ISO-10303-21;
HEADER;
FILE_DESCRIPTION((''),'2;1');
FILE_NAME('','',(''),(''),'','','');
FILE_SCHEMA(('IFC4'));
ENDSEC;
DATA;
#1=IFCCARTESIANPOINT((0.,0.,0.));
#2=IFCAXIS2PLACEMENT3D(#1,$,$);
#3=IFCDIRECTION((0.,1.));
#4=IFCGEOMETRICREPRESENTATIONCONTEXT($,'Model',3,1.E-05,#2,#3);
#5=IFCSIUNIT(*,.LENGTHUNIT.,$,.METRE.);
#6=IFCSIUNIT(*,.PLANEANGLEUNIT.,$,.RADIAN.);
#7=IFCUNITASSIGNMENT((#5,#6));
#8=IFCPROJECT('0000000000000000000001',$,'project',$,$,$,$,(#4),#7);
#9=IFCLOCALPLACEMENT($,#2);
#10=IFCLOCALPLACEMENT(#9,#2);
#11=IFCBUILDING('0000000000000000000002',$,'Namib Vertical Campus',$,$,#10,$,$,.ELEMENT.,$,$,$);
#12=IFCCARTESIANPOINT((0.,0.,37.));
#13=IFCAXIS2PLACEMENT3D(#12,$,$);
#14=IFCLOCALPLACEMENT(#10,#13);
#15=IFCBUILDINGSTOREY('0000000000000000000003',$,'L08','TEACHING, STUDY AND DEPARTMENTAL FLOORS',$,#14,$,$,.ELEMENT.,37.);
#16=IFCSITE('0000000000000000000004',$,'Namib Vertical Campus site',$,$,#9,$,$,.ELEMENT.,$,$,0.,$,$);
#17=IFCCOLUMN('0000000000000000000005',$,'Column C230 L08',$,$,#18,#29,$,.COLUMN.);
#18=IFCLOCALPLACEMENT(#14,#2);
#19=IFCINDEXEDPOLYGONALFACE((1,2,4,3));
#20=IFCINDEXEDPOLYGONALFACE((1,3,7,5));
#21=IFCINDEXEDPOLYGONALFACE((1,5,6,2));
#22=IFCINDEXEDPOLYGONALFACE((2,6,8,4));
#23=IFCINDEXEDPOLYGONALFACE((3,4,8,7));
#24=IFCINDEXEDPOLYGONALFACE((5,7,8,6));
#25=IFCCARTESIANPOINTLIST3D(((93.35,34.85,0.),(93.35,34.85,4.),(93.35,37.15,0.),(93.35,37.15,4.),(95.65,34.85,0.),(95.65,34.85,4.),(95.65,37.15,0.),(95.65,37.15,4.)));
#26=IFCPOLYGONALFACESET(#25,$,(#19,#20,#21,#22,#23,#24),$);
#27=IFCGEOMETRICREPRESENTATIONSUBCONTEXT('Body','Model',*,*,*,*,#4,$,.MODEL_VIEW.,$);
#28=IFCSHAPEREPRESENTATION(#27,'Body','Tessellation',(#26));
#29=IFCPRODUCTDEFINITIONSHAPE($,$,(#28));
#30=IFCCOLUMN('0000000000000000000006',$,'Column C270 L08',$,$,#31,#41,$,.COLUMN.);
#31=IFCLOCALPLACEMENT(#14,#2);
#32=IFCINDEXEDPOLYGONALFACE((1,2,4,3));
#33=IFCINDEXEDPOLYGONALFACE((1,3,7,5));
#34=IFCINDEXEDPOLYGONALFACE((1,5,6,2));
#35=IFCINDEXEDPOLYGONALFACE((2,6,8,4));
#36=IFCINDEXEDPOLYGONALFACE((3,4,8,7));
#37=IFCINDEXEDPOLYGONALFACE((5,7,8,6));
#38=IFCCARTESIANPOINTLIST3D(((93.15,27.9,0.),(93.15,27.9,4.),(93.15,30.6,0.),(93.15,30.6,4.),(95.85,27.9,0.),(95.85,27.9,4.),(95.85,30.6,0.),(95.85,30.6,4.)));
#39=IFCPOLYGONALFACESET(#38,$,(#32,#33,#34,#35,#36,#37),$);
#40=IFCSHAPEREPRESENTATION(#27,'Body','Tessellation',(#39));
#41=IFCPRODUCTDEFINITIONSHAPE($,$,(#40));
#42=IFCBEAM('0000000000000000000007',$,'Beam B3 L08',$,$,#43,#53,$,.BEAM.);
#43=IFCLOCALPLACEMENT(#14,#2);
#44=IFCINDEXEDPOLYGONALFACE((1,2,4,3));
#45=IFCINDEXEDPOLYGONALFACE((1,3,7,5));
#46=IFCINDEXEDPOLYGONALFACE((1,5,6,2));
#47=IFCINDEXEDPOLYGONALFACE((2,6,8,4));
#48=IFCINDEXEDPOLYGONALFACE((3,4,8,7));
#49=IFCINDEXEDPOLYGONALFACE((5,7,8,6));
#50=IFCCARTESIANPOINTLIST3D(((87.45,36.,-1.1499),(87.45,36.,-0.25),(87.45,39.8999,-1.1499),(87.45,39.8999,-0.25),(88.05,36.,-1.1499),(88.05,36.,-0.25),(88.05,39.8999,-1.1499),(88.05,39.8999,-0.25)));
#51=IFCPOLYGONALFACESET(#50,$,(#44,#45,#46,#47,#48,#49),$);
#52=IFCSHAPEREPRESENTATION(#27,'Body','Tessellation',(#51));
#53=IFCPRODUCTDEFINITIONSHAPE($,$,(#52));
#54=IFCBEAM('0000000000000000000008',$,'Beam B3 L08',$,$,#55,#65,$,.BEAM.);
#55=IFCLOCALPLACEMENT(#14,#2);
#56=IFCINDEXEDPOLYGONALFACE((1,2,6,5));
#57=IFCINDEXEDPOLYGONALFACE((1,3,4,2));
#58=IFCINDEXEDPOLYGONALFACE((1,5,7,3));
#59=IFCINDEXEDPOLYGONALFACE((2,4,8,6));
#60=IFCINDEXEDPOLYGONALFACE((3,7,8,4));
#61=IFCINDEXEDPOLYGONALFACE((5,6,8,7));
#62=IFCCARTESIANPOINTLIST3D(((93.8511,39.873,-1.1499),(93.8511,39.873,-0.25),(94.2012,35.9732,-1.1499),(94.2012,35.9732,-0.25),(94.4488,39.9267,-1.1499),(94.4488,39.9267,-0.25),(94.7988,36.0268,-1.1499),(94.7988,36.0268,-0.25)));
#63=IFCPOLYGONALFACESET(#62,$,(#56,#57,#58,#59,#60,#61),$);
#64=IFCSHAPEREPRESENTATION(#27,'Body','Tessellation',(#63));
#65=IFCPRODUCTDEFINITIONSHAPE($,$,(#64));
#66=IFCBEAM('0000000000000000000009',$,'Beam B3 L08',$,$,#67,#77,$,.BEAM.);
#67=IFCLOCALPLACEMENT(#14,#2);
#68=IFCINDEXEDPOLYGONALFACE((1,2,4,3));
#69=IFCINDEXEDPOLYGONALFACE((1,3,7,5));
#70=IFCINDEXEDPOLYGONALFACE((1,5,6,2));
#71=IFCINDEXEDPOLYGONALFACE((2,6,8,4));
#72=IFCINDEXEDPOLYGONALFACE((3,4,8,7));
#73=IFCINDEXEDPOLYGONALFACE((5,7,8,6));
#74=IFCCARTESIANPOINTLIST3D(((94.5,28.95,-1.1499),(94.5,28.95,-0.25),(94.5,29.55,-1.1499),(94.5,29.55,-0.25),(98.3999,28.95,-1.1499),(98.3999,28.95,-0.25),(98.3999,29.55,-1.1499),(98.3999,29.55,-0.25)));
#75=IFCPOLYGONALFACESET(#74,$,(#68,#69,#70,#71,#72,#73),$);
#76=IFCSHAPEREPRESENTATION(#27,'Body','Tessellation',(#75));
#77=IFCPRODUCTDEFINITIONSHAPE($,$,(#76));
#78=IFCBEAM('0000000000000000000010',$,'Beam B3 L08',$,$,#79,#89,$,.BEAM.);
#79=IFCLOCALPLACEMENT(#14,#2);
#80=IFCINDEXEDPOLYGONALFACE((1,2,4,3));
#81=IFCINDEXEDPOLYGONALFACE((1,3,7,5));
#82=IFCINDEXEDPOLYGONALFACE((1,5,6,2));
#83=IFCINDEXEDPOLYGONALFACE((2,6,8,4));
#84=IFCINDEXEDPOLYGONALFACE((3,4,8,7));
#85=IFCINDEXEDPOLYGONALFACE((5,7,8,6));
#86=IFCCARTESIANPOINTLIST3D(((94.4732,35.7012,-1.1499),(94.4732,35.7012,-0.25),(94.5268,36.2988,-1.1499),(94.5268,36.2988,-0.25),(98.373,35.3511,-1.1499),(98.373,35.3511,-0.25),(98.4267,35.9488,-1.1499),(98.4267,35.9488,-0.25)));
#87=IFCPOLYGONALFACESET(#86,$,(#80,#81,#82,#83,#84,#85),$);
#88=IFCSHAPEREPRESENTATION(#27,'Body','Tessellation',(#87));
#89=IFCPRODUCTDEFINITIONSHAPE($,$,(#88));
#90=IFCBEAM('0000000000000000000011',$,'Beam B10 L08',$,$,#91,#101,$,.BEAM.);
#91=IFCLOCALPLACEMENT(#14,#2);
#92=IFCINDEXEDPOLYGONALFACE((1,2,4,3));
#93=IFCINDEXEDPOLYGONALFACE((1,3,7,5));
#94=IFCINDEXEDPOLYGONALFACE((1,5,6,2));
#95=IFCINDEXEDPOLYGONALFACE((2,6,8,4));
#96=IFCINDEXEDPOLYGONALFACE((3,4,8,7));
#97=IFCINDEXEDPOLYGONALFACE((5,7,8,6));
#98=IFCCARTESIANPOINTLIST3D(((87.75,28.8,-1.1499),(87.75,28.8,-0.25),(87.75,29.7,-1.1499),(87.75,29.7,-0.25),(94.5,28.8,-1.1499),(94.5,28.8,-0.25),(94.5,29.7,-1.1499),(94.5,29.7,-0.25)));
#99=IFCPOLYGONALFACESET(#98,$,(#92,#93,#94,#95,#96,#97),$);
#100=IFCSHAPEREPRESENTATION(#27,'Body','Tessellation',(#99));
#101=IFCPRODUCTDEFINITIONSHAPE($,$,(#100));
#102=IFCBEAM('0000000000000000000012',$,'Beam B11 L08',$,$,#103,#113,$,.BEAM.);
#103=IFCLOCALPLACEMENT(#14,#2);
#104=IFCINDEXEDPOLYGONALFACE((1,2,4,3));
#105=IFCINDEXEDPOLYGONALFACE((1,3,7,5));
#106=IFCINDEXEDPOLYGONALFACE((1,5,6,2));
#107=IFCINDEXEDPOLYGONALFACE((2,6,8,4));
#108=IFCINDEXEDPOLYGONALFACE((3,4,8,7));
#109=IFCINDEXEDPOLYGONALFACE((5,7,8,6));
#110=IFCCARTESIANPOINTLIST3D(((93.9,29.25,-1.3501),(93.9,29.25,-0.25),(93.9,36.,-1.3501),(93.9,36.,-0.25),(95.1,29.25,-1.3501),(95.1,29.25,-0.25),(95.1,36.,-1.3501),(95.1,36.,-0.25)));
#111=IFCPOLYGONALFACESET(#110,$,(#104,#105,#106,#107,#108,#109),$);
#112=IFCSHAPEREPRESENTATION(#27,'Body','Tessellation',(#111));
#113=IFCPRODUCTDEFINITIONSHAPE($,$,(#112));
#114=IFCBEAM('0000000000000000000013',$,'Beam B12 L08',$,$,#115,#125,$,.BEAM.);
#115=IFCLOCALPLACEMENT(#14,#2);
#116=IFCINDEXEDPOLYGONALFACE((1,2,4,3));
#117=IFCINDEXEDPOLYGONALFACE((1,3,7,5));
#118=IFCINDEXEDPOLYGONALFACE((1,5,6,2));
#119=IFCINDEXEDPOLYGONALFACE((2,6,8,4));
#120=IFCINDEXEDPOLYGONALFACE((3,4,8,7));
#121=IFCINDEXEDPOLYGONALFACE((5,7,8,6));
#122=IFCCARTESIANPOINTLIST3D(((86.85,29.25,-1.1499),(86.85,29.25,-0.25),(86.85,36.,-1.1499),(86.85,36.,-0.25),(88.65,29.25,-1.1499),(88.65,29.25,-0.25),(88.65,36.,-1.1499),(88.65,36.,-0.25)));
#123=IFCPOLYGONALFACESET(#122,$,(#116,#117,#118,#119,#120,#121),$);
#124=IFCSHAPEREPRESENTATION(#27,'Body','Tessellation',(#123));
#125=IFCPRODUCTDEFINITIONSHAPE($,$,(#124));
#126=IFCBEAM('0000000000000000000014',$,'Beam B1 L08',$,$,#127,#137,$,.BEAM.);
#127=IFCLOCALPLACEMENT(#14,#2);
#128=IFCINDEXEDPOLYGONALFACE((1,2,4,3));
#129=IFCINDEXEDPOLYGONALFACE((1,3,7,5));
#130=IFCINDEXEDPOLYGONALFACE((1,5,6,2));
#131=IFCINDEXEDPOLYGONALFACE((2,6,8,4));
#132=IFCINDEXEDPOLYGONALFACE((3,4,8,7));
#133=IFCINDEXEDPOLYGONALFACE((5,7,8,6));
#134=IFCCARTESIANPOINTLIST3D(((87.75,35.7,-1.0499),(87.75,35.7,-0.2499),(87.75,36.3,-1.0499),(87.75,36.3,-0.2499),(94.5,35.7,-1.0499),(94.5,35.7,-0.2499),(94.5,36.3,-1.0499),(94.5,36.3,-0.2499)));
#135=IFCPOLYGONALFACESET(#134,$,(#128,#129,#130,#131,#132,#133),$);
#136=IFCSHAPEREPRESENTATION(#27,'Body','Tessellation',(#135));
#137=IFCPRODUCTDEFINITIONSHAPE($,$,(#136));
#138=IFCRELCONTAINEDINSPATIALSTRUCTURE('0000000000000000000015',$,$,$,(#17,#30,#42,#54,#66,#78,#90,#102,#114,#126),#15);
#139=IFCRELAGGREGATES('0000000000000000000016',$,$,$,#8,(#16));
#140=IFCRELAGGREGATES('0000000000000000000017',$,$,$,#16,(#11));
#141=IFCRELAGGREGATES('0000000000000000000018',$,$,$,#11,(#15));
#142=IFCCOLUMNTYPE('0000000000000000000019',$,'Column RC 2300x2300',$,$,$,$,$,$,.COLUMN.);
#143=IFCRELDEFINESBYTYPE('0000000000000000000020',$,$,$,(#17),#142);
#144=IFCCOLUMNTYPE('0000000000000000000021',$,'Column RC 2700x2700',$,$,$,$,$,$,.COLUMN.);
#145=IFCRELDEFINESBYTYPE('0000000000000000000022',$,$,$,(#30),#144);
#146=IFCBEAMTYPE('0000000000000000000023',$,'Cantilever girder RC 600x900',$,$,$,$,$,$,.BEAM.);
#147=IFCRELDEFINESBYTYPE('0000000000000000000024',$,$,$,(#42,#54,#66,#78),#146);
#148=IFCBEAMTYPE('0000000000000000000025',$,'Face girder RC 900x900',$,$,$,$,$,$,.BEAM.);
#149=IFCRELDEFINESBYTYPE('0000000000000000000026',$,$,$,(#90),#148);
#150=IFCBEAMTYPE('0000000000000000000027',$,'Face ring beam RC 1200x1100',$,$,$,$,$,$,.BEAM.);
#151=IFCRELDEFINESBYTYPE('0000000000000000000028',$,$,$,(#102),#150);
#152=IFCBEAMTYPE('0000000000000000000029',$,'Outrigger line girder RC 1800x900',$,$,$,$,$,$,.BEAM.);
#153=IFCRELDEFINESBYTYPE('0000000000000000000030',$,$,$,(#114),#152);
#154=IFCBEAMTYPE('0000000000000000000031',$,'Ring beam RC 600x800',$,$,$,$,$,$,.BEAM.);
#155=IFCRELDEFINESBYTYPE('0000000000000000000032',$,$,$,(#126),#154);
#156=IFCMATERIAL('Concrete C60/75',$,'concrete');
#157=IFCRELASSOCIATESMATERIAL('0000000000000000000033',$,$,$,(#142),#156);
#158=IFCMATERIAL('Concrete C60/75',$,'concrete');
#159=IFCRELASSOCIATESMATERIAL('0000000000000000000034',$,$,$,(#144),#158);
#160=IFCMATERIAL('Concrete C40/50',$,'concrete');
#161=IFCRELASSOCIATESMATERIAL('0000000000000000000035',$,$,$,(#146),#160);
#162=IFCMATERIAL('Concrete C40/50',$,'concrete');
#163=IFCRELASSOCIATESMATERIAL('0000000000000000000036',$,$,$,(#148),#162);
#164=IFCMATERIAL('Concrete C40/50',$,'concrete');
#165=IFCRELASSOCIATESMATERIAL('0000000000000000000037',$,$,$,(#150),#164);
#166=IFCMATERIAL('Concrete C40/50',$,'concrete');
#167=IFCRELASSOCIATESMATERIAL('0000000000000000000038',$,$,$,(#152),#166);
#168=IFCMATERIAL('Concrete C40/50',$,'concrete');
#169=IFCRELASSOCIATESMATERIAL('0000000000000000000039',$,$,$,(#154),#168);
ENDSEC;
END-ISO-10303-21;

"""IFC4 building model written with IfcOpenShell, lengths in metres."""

from ifc_helpers import new_model, si_unit, direction, frame, origin, origin_2d, place, context, subcontext, project, spatial, rectangle, extrude, material, material_profile, profile_set, type_object, element, save


model = new_model("IFC4")

# Units and contexts
model_context = context("Model", 3, precision=1e-05, world=origin(), true_north=direction((0.0, 1.0)))
body_context = subcontext(model_context, "Body", "Model", "MODEL_VIEW")
ifc_project = project(units=[si_unit("LENGTHUNIT", "METRE"), si_unit("PLANEANGLEUNIT", "RADIAN")], contexts=[model_context])

# Site, building, storey
site_placement = place(None, origin())
site = spatial("IfcSite", under=ifc_project, at=site_placement, Name="Namib Vertical Campus site", CompositionType="ELEMENT", RefElevation=0.0)
building_placement = place(site_placement, origin())
building = spatial("IfcBuilding", under=site, at=building_placement, Name="Namib Vertical Campus", CompositionType="ELEMENT")
storey_placement = place(building_placement, frame((0.0, 0.0, 37.0)))
storey = spatial("IfcBuildingStorey", under=building, at=storey_placement, Name="L08", Description="TEACHING, STUDY AND DEPARTMENTAL FLOORS", CompositionType="ELEMENT", Elevation=37.0)

# Columns
ifc_material_1 = material(Name="Concrete C60/75", Category="concrete")
ifc_material_profile_1 = material_profile(ifc_material_1, rectangle(XDim=2.3, YDim=2.3, at=origin_2d()))
ifc_profile_set_1 = profile_set([ifc_material_profile_1], Name="Concrete C60/75")
column_type_1 = type_object("IfcColumnType", Name="Column RC 2300x2300", PredefinedType="COLUMN", material=ifc_profile_set_1)
column_1_placement = place(storey_placement, frame((94.5, 36.0, 0.0), z_axis=(0.0, 0.0, 1.0), x_axis=(1.0, 0.0, 0.0)))
element("IfcColumn", 1, at=column_1_placement, inside=storey, type_object=column_type_1, Name="Column C230 L08", PredefinedType="COLUMN", context=body_context, shape_type="SweptSolid", body=[
    extrude(rectangle(XDim=2.3, YDim=2.3, at=origin_2d()), origin(), (0.0, 0.0, 1.0), 4.0),
])
ifc_material_2 = material(Name="Concrete C60/75", Category="concrete")
ifc_material_profile_2 = material_profile(ifc_material_2, rectangle(XDim=2.7, YDim=2.7, at=origin_2d()))
ifc_profile_set_2 = profile_set([ifc_material_profile_2], Name="Concrete C60/75")
column_type_2 = type_object("IfcColumnType", Name="Column RC 2700x2700", PredefinedType="COLUMN", material=ifc_profile_set_2)
column_2_placement = place(storey_placement, frame((94.5, 29.25, 0.0), z_axis=(0.0, 0.0, 1.0), x_axis=(1.0, 0.0, 0.0)))
element("IfcColumn", 2, at=column_2_placement, inside=storey, type_object=column_type_2, Name="Column C270 L08", PredefinedType="COLUMN", context=body_context, shape_type="SweptSolid", body=[
    extrude(rectangle(XDim=2.7, YDim=2.7, at=origin_2d()), origin(), (0.0, 0.0, 1.0), 4.0),
])

# Beams
ifc_material_3 = material(Name="Concrete C40/50", Category="concrete")
ifc_material_profile_3 = material_profile(ifc_material_3, rectangle(XDim=0.6001, YDim=0.8999, at=origin_2d()))
ifc_profile_set_3 = profile_set([ifc_material_profile_3], Name="Concrete C40/50")
beam_type_1 = type_object("IfcBeamType", Name="Cantilever girder RC 600x900", PredefinedType="BEAM", material=ifc_profile_set_3)
beam_1_placement = place(storey_placement, frame((87.75, 36.0, -0.7), z_axis=(0.0, 1.0, 0.0), x_axis=(-1.0, 0.0, 0.0)))
element("IfcBeam", 3, at=beam_1_placement, inside=storey, type_object=beam_type_1, Name="Beam B3 L08", PredefinedType="BEAM", context=body_context, shape_type="SweptSolid", body=[
    extrude(rectangle(XDim=0.6001, YDim=0.8999, at=origin_2d()), origin(), (0.0, 0.0, 1.0), 3.8999),
])
beam_2_placement = place(storey_placement, frame((94.5, 36.0, -0.7), z_axis=(-0.089411, 0.995995, 0.0), x_axis=(-0.995995, -0.089411, 0.0)))
element("IfcBeam", 4, at=beam_2_placement, inside=storey, type_object=beam_type_1, Name="Beam B3 L08", PredefinedType="BEAM", context=body_context, shape_type="SweptSolid", body=[
    extrude(rectangle(XDim=0.6001, YDim=0.8999, at=origin_2d()), origin(), (0.0, 0.0, 1.0), 3.9155),
])
beam_3_placement = place(storey_placement, frame((94.5, 29.25, -0.7), z_axis=(1.0, 0.0, 0.0), x_axis=(0.0, 1.0, 0.0)))
element("IfcBeam", 5, at=beam_3_placement, inside=storey, type_object=beam_type_1, Name="Beam B3 L08", PredefinedType="BEAM", context=body_context, shape_type="SweptSolid", body=[
    extrude(rectangle(XDim=0.6001, YDim=0.8999, at=origin_2d()), origin(), (0.0, 0.0, 1.0), 3.8999),
])
beam_4_placement = place(storey_placement, frame((94.5, 36.0, -0.7), z_axis=(0.995995, -0.089411, 0.0), x_axis=(0.089411, 0.995995, 0.0)))
element("IfcBeam", 6, at=beam_4_placement, inside=storey, type_object=beam_type_1, Name="Beam B3 L08", PredefinedType="BEAM", context=body_context, shape_type="SweptSolid", body=[
    extrude(rectangle(XDim=0.6001, YDim=0.8999, at=origin_2d()), origin(), (0.0, 0.0, 1.0), 3.9155),
])
ifc_material_4 = material(Name="Concrete C40/50", Category="concrete")
ifc_material_profile_4 = material_profile(ifc_material_4, rectangle(XDim=0.8999, YDim=0.8999, at=origin_2d()))
ifc_profile_set_4 = profile_set([ifc_material_profile_4], Name="Concrete C40/50")
beam_type_2 = type_object("IfcBeamType", Name="Face girder RC 900x900", PredefinedType="BEAM", material=ifc_profile_set_4)
beam_5_placement = place(storey_placement, frame((94.5, 29.25, -0.7), z_axis=(-1.0, 0.0, 0.0), x_axis=(0.0, -1.0, 0.0)))
element("IfcBeam", 7, at=beam_5_placement, inside=storey, type_object=beam_type_2, Name="Beam B10 L08", PredefinedType="BEAM", context=body_context, shape_type="SweptSolid", body=[
    extrude(rectangle(XDim=0.8999, YDim=0.8999, at=origin_2d()), origin(), (0.0, 0.0, 1.0), 6.75),
])
ifc_material_5 = material(Name="Concrete C40/50", Category="concrete")
ifc_material_profile_5 = material_profile(ifc_material_5, rectangle(XDim=1.2, YDim=1.1001, at=origin_2d()))
ifc_profile_set_5 = profile_set([ifc_material_profile_5], Name="Concrete C40/50")
beam_type_3 = type_object("IfcBeamType", Name="Face ring beam RC 1200x1100", PredefinedType="BEAM", material=ifc_profile_set_5)
beam_6_placement = place(storey_placement, frame((94.5, 29.25, -0.8), z_axis=(0.0, 1.0, 0.0), x_axis=(-1.0, 0.0, 0.0)))
element("IfcBeam", 8, at=beam_6_placement, inside=storey, type_object=beam_type_3, Name="Beam B11 L08", PredefinedType="BEAM", context=body_context, shape_type="SweptSolid", body=[
    extrude(rectangle(XDim=1.2, YDim=1.1001, at=origin_2d()), origin(), (0.0, 0.0, 1.0), 6.75),
])
ifc_material_6 = material(Name="Concrete C40/50", Category="concrete")
ifc_material_profile_6 = material_profile(ifc_material_6, rectangle(XDim=1.8, YDim=0.8999, at=origin_2d()))
ifc_profile_set_6 = profile_set([ifc_material_profile_6], Name="Concrete C40/50")
beam_type_4 = type_object("IfcBeamType", Name="Outrigger line girder RC 1800x900", PredefinedType="BEAM", material=ifc_profile_set_6)
beam_7_placement = place(storey_placement, frame((87.75, 36.0, -0.7), z_axis=(0.0, -1.0, 0.0), x_axis=(1.0, 0.0, 0.0)))
element("IfcBeam", 9, at=beam_7_placement, inside=storey, type_object=beam_type_4, Name="Beam B12 L08", PredefinedType="BEAM", context=body_context, shape_type="SweptSolid", body=[
    extrude(rectangle(XDim=1.8, YDim=0.8999, at=origin_2d()), origin(), (0.0, 0.0, 1.0), 6.75),
])
ifc_material_7 = material(Name="Concrete C40/50", Category="concrete")
ifc_material_profile_7 = material_profile(ifc_material_7, rectangle(XDim=0.6001, YDim=0.8, at=origin_2d()))
ifc_profile_set_7 = profile_set([ifc_material_profile_7], Name="Concrete C40/50")
beam_type_5 = type_object("IfcBeamType", Name="Ring beam RC 600x800", PredefinedType="BEAM", material=ifc_profile_set_7)
beam_8_placement = place(storey_placement, frame((87.75, 36.0, -0.6499), z_axis=(1.0, 0.0, 0.0), x_axis=(0.0, 1.0, 0.0)))
element("IfcBeam", 10, at=beam_8_placement, inside=storey, type_object=beam_type_5, Name="Beam B1 L08", PredefinedType="BEAM", context=body_context, shape_type="SweptSolid", body=[
    extrude(rectangle(XDim=0.6001, YDim=0.8, at=origin_2d()), origin(), (0.0, 0.0, 1.0), 6.75),
])

save(model, "model.ifc")
